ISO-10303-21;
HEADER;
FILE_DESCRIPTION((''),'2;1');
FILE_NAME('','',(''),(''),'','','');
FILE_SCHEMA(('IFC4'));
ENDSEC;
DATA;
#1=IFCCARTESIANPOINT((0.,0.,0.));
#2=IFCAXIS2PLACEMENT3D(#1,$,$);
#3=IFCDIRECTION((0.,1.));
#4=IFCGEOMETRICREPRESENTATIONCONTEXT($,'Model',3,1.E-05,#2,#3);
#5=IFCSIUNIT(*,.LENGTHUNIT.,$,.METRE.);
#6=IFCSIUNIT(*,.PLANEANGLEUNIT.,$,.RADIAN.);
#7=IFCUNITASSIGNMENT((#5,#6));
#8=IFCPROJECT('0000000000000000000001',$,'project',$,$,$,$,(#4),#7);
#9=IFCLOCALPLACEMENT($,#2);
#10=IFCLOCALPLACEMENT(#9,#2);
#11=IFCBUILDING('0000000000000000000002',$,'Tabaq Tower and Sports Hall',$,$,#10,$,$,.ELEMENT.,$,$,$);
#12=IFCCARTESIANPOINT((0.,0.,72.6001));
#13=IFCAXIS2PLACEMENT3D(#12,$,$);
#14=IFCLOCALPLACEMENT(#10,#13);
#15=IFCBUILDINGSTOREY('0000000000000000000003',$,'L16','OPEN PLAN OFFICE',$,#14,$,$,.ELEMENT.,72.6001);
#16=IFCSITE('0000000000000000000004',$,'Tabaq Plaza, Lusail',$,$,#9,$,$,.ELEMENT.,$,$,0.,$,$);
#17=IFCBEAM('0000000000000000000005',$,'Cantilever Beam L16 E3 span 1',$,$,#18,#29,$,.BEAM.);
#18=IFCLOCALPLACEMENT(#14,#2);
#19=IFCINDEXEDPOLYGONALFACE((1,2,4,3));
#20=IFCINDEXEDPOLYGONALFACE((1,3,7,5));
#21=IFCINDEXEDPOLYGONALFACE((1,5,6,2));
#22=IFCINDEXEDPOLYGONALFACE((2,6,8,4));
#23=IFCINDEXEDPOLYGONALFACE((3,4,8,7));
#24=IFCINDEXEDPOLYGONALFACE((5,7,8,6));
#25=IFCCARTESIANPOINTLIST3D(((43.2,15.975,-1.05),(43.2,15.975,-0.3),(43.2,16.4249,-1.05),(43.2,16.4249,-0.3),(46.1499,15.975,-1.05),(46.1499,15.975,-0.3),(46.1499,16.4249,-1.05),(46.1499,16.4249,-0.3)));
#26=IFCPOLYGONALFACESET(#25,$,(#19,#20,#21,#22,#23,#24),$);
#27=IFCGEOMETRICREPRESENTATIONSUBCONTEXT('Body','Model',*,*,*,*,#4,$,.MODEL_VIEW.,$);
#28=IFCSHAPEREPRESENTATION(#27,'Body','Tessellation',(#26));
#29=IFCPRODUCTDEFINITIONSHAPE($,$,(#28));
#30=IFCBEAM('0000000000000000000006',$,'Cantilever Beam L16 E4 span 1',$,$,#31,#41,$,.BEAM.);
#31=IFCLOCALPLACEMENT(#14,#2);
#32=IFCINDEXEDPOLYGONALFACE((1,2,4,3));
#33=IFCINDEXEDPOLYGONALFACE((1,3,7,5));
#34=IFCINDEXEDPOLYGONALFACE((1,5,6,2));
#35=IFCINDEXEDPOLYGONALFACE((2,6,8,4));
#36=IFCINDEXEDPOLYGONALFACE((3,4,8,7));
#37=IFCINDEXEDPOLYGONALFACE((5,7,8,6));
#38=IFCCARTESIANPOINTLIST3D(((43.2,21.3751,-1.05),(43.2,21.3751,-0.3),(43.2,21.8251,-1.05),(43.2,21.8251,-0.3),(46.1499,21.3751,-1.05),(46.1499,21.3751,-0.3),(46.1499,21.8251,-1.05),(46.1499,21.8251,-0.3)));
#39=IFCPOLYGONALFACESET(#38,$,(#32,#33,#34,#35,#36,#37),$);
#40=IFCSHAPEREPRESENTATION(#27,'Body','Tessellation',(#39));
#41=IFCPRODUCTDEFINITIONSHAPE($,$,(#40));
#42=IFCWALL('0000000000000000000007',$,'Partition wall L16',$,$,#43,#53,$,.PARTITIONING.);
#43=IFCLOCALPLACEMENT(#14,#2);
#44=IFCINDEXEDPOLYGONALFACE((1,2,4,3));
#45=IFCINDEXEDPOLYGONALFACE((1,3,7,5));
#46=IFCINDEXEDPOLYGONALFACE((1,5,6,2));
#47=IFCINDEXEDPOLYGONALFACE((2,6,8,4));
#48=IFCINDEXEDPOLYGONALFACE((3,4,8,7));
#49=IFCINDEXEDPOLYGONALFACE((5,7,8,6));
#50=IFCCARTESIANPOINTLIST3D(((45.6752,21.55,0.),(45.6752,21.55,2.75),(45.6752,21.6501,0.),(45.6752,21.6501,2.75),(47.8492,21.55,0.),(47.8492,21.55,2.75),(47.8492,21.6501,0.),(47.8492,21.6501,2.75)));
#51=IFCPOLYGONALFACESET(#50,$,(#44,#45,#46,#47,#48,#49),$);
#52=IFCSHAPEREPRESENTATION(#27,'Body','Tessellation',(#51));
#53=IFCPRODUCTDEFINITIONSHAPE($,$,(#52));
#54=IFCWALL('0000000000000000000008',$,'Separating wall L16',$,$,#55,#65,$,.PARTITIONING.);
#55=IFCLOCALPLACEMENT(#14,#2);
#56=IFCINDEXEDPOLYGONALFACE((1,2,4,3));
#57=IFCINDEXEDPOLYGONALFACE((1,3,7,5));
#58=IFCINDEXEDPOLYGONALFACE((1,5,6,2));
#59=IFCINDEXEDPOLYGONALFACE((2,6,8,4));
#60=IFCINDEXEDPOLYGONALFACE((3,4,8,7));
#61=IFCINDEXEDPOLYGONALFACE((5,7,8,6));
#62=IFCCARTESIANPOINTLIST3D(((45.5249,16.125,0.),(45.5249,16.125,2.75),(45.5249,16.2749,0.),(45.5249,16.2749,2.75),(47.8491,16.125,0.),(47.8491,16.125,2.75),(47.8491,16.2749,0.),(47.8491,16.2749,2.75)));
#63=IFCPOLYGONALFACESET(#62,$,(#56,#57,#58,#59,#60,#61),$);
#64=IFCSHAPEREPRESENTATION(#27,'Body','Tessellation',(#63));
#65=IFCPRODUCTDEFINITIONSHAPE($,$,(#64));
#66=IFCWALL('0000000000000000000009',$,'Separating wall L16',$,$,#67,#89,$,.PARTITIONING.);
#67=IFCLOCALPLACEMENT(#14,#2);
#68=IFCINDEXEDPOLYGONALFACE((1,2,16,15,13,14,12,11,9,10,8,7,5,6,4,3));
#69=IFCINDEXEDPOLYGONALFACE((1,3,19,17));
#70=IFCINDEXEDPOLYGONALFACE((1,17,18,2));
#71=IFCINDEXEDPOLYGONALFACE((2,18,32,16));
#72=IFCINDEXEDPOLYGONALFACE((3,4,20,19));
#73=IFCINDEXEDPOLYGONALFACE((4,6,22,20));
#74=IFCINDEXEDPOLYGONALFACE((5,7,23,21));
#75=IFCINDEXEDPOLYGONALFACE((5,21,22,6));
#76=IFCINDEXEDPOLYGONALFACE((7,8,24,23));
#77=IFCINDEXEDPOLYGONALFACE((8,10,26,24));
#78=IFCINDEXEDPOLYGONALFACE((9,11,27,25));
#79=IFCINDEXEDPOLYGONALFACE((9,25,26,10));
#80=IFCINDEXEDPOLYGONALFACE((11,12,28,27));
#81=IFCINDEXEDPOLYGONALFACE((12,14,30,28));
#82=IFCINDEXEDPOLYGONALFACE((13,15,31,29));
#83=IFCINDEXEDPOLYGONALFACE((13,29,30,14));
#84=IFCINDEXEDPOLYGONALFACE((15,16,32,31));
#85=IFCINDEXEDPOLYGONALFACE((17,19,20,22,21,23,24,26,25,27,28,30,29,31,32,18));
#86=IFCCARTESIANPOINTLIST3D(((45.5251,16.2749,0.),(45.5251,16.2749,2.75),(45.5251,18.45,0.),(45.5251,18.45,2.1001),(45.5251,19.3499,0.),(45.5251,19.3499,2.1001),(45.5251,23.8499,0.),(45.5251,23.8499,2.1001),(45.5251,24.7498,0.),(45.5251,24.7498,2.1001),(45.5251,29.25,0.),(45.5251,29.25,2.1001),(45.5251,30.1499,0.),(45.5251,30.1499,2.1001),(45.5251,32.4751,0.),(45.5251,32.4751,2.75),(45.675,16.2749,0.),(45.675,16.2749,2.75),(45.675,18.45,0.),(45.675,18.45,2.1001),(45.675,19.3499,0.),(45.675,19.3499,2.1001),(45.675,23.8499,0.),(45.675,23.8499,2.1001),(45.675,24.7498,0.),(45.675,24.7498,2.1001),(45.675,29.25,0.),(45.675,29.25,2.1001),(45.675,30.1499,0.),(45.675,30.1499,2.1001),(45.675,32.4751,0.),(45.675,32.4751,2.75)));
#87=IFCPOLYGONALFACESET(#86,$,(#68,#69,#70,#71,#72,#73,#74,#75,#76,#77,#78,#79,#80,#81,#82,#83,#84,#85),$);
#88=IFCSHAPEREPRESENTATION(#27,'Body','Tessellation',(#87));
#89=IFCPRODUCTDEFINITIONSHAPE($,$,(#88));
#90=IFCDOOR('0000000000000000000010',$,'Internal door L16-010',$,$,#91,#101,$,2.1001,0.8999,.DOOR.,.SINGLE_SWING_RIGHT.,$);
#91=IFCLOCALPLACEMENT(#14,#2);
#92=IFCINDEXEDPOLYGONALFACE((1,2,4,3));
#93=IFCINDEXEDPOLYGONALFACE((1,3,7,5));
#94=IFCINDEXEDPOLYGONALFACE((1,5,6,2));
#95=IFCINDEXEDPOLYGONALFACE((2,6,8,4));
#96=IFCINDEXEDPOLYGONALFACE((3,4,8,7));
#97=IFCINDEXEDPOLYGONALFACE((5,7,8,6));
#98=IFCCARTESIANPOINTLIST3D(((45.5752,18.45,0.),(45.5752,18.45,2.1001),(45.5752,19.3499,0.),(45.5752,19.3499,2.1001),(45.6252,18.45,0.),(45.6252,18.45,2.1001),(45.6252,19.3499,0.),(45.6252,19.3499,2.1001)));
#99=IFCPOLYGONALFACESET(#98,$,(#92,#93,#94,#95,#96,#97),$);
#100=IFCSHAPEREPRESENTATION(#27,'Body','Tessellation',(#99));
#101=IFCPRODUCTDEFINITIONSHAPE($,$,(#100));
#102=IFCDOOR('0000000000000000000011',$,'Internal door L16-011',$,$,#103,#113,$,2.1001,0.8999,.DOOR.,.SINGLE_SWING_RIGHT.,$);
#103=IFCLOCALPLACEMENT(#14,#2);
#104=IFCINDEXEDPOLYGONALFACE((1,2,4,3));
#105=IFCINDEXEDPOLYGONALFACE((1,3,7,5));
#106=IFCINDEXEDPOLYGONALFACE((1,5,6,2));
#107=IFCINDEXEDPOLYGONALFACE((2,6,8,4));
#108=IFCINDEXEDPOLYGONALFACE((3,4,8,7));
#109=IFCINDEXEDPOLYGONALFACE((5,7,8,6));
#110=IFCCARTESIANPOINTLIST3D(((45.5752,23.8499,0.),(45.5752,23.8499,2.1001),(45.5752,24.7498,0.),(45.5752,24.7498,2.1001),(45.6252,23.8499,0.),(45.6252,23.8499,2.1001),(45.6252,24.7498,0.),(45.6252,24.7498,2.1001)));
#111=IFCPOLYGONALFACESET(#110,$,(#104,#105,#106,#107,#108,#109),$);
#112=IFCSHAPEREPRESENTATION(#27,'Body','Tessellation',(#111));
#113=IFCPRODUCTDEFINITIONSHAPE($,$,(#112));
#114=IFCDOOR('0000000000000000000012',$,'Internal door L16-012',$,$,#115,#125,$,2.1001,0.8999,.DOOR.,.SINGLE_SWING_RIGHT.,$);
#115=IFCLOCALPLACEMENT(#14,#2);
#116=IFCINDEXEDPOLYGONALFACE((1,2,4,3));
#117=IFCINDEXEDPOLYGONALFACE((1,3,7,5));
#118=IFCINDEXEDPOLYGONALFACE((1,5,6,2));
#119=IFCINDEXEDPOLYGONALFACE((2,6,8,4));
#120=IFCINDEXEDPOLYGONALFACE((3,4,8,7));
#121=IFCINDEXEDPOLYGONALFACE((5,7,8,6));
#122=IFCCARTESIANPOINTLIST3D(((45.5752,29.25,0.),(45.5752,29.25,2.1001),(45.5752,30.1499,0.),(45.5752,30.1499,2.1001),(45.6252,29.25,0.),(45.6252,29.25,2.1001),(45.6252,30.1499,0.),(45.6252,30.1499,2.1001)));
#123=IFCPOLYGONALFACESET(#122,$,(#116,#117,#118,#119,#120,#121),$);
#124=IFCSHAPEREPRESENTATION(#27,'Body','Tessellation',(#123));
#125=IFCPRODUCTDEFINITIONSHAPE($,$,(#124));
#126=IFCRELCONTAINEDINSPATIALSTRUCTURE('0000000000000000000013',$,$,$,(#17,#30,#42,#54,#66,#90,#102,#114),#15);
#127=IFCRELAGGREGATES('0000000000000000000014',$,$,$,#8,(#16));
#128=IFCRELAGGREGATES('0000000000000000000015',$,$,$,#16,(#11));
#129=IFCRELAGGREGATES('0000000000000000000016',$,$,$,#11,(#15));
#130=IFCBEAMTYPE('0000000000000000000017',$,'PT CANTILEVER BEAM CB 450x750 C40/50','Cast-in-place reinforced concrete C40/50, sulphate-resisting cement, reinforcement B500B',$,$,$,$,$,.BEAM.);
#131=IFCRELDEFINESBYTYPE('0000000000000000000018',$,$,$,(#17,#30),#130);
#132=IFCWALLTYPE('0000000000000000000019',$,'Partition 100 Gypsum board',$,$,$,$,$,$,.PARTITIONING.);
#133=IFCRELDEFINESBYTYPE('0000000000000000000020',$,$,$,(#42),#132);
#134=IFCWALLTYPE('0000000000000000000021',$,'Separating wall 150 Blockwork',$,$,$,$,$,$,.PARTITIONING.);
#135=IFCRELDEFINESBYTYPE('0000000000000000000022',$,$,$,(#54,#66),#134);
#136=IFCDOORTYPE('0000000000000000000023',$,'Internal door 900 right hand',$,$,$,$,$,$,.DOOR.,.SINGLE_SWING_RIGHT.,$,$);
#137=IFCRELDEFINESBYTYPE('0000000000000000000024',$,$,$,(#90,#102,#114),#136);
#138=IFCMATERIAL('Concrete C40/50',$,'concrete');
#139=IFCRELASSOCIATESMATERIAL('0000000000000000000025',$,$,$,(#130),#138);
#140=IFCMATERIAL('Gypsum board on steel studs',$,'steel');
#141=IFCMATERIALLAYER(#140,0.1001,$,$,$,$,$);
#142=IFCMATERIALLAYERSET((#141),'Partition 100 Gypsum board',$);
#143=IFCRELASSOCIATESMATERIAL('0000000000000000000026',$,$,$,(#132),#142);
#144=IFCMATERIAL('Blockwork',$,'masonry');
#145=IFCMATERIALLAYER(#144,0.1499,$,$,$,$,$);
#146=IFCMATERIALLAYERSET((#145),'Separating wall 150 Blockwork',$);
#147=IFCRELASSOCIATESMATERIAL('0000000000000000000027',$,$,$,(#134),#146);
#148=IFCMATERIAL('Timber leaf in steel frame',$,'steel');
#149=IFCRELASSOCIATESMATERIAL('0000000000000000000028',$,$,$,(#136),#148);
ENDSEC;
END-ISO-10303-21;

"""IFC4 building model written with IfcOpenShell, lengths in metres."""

from ifc_helpers import new_model, si_unit, direction, frame, frame_2d, origin, origin_2d, place, context, subcontext, project, spatial, rectangle, extrude, material, layer, layer_set, material_profile, profile_set, type_object, element, fill, save


model = new_model("IFC4")

# Units and contexts
model_context = context("Model", 3, precision=1e-05, world=origin(), true_north=direction((0.0, 1.0)))
body_context = subcontext(model_context, "Body", "Model", "MODEL_VIEW")
ifc_project = project(units=[si_unit("LENGTHUNIT", "METRE"), si_unit("PLANEANGLEUNIT", "RADIAN")], contexts=[model_context])

# Site, building, storey
site_placement = place(None, origin())
site = spatial("IfcSite", under=ifc_project, at=site_placement, Name="Tabaq Plaza, Lusail", CompositionType="ELEMENT", RefElevation=0.0)
building_placement = place(site_placement, origin())
building = spatial("IfcBuilding", under=site, at=building_placement, Name="Tabaq Tower and Sports Hall", CompositionType="ELEMENT")
storey_placement = place(building_placement, frame((0.0, 0.0, 72.6001)))
storey = spatial("IfcBuildingStorey", under=building, at=storey_placement, Name="L16", Description="OPEN PLAN OFFICE", CompositionType="ELEMENT", Elevation=72.6001)

# Beams
ifc_material_1 = material(Name="Concrete C40/50", Category="concrete")
ifc_material_profile = material_profile(ifc_material_1, rectangle(XDim=0.45, YDim=0.75, at=origin_2d()), Name="CB 450x750")
ifc_profile_set = profile_set([ifc_material_profile], Name="Concrete C40/50")
beam_type = type_object("IfcBeamType", Name="PT CANTILEVER BEAM CB 450x750 C40/50", Description="Cast-in-place reinforced concrete C40/50, sulphate-resisting cement, reinforcement B500B", PredefinedType="BEAM", material=ifc_profile_set)
for number, where, z_axis, x_axis, name in (
    (1, (46.1499, 16.2, -0.675), (-1.0, 0.0, 0.0), (0.0, -1.0, 0.0), "Cantilever Beam L16 E3 span 1"),
    (2, (46.1499, 21.6001, -0.675), (-1.0, 0.0, 0.0), (0.0, -1.0, 0.0), "Cantilever Beam L16 E4 span 1"),
):
    element("IfcBeam", number, at=place(storey_placement, frame(where, z_axis=z_axis, x_axis=x_axis)), inside=storey, type_object=beam_type, Name=name, PredefinedType="BEAM", context=body_context, shape_type="SweptSolid", body=[
        extrude(rectangle(XDim=0.45, YDim=0.75, at=origin_2d()), origin(), (0.0, 0.0, 1.0), 2.95),
    ])

# Walls
ifc_material_2 = material(Name="Gypsum board on steel studs", Category="steel")
ifc_layer_1 = layer(ifc_material_2, 0.1001)
ifc_layer_set_1 = layer_set([ifc_layer_1], Name="Partition 100 Gypsum board")
wall_type_1 = type_object("IfcWallType", Name="Partition 100 Gypsum board", PredefinedType="PARTITIONING", material=ifc_layer_set_1)
wall_1_placement = place(storey_placement, frame((47.8491, 21.6001, 0.0), z_axis=(0.0, 0.0, 1.0), x_axis=(-1.0, 0.0, 0.0)))
element("IfcWall", 3, at=wall_1_placement, inside=storey, type_object=wall_type_1, Name="Partition wall L16", PredefinedType="PARTITIONING", context=body_context, shape_type="SweptSolid", body=[
    extrude(rectangle(XDim=2.1741, YDim=0.1001, at=frame_2d((1.0869, 0.0))), origin(), (0.0, 0.0, 1.0), 2.75),
])
ifc_material_3 = material(Name="Blockwork", Category="masonry")
ifc_layer_2 = layer(ifc_material_3, 0.1499)
ifc_layer_set_2 = layer_set([ifc_layer_2], Name="Separating wall 150 Blockwork")
wall_type_2 = type_object("IfcWallType", Name="Separating wall 150 Blockwork", PredefinedType="PARTITIONING", material=ifc_layer_set_2)
wall_2_placement = place(storey_placement, frame((47.8491, 16.2, 0.0), z_axis=(0.0, 0.0, 1.0), x_axis=(-1.0, 0.0, 0.0)))
element("IfcWall", 4, at=wall_2_placement, inside=storey, type_object=wall_type_2, Name="Separating wall L16", PredefinedType="PARTITIONING", context=body_context, shape_type="SweptSolid", body=[
    extrude(rectangle(XDim=2.3242, YDim=0.1499, at=frame_2d((1.1621, 0.0))), origin(), (0.0, 0.0, 1.0), 2.75),
])

# Wall, openings, doors
wall_3_placement = place(storey_placement, frame((45.6001, 16.2749, 0.0), z_axis=(0.0, 0.0, 1.0), x_axis=(0.0, 1.0, 0.0)))
wall_3 = element("IfcWall", 5, at=wall_3_placement, inside=storey, type_object=wall_type_2, Name="Separating wall L16", PredefinedType="PARTITIONING", context=body_context, shape_type="SweptSolid", body=[
    extrude(rectangle(XDim=16.2002, YDim=0.1499, at=frame_2d((8.1001, 0.0))), origin(), (0.0, 0.0, 1.0), 2.75),
])
opening_1_placement = place(wall_3_placement, frame((2.175, 0.0, 0.0)))
opening_1 = element("IfcOpeningElement", 6, at=opening_1_placement, cuts=wall_3, PredefinedType="OPENING", context=body_context, shape_type="SweptSolid", body=[
    extrude(rectangle(XDim=0.8999, YDim=2.1001, at=frame_2d((0.45, 1.05))), frame((0.0, 0.075, 0.0), z_axis=(0.0, -1.0, 0.0), x_axis=(1.0, 0.0, 0.0)), (0.0, 0.0, 1.0), 0.1499),
])
opening_2_placement = place(wall_3_placement, frame((7.575, 0.0, 0.0)))
opening_2 = element("IfcOpeningElement", 7, at=opening_2_placement, cuts=wall_3, PredefinedType="OPENING", context=body_context, shape_type="SweptSolid", body=[
    extrude(rectangle(XDim=0.8999, YDim=2.1001, at=frame_2d((0.45, 1.05))), frame((0.0, 0.075, 0.0), z_axis=(0.0, -1.0, 0.0), x_axis=(1.0, 0.0, 0.0)), (0.0, 0.0, 1.0), 0.1499),
])
opening_3_placement = place(wall_3_placement, frame((12.9751, 0.0, 0.0)))
opening_3 = element("IfcOpeningElement", 8, at=opening_3_placement, cuts=wall_3, PredefinedType="OPENING", context=body_context, shape_type="SweptSolid", body=[
    extrude(rectangle(XDim=0.8999, YDim=2.1001, at=frame_2d((0.45, 1.05))), frame((0.0, 0.075, 0.0), z_axis=(0.0, -1.0, 0.0), x_axis=(1.0, 0.0, 0.0)), (0.0, 0.0, 1.0), 0.1499),
])
ifc_material_4 = material(Name="Timber leaf in steel frame", Category="steel")
door_type_1 = type_object("IfcDoorType", Name="Internal door 900 right hand", OperationType="SINGLE_SWING_RIGHT", PredefinedType="DOOR", material=ifc_material_4)
door_1_placement = place(opening_1_placement, origin())
door_1 = element("IfcDoor", 9, at=door_1_placement, inside=storey, type_object=door_type_1, Name="Internal door L16-010", OperationType="SINGLE_SWING_RIGHT", OverallHeight=2.1001, OverallWidth=0.8999, PredefinedType="DOOR", context=body_context, shape_type="SweptSolid", body=[
    extrude(rectangle(XDim=0.8999, YDim=2.1001, at=frame_2d((0.45, 1.05))), frame((0.0, 0.0249, 0.0), z_axis=(0.0, -1.0, 0.0), x_axis=(1.0, 0.0, 0.0)), (0.0, 0.0, 1.0), 0.05),
])
fill(opening_1, door_1)
door_2_placement = place(opening_2_placement, origin())
door_2 = element("IfcDoor", 10, at=door_2_placement, inside=storey, type_object=door_type_1, Name="Internal door L16-011", OperationType="SINGLE_SWING_RIGHT", OverallHeight=2.1001, OverallWidth=0.8999, PredefinedType="DOOR", context=body_context, shape_type="SweptSolid", body=[
    extrude(rectangle(XDim=0.8999, YDim=2.1001, at=frame_2d((0.45, 1.05))), frame((0.0, 0.0249, 0.0), z_axis=(0.0, -1.0, 0.0), x_axis=(1.0, 0.0, 0.0)), (0.0, 0.0, 1.0), 0.05),
])
fill(opening_2, door_2)
door_3_placement = place(opening_3_placement, origin())
door_3 = element("IfcDoor", 11, at=door_3_placement, inside=storey, type_object=door_type_1, Name="Internal door L16-012", OperationType="SINGLE_SWING_RIGHT", OverallHeight=2.1001, OverallWidth=0.8999, PredefinedType="DOOR", context=body_context, shape_type="SweptSolid", body=[
    extrude(rectangle(XDim=0.8999, YDim=2.1001, at=frame_2d((0.45, 1.05))), frame((0.0, 0.0249, 0.0), z_axis=(0.0, -1.0, 0.0), x_axis=(1.0, 0.0, 0.0)), (0.0, 0.0, 1.0), 0.05),
])
fill(opening_3, door_3)

save(model, "model.ifc")
